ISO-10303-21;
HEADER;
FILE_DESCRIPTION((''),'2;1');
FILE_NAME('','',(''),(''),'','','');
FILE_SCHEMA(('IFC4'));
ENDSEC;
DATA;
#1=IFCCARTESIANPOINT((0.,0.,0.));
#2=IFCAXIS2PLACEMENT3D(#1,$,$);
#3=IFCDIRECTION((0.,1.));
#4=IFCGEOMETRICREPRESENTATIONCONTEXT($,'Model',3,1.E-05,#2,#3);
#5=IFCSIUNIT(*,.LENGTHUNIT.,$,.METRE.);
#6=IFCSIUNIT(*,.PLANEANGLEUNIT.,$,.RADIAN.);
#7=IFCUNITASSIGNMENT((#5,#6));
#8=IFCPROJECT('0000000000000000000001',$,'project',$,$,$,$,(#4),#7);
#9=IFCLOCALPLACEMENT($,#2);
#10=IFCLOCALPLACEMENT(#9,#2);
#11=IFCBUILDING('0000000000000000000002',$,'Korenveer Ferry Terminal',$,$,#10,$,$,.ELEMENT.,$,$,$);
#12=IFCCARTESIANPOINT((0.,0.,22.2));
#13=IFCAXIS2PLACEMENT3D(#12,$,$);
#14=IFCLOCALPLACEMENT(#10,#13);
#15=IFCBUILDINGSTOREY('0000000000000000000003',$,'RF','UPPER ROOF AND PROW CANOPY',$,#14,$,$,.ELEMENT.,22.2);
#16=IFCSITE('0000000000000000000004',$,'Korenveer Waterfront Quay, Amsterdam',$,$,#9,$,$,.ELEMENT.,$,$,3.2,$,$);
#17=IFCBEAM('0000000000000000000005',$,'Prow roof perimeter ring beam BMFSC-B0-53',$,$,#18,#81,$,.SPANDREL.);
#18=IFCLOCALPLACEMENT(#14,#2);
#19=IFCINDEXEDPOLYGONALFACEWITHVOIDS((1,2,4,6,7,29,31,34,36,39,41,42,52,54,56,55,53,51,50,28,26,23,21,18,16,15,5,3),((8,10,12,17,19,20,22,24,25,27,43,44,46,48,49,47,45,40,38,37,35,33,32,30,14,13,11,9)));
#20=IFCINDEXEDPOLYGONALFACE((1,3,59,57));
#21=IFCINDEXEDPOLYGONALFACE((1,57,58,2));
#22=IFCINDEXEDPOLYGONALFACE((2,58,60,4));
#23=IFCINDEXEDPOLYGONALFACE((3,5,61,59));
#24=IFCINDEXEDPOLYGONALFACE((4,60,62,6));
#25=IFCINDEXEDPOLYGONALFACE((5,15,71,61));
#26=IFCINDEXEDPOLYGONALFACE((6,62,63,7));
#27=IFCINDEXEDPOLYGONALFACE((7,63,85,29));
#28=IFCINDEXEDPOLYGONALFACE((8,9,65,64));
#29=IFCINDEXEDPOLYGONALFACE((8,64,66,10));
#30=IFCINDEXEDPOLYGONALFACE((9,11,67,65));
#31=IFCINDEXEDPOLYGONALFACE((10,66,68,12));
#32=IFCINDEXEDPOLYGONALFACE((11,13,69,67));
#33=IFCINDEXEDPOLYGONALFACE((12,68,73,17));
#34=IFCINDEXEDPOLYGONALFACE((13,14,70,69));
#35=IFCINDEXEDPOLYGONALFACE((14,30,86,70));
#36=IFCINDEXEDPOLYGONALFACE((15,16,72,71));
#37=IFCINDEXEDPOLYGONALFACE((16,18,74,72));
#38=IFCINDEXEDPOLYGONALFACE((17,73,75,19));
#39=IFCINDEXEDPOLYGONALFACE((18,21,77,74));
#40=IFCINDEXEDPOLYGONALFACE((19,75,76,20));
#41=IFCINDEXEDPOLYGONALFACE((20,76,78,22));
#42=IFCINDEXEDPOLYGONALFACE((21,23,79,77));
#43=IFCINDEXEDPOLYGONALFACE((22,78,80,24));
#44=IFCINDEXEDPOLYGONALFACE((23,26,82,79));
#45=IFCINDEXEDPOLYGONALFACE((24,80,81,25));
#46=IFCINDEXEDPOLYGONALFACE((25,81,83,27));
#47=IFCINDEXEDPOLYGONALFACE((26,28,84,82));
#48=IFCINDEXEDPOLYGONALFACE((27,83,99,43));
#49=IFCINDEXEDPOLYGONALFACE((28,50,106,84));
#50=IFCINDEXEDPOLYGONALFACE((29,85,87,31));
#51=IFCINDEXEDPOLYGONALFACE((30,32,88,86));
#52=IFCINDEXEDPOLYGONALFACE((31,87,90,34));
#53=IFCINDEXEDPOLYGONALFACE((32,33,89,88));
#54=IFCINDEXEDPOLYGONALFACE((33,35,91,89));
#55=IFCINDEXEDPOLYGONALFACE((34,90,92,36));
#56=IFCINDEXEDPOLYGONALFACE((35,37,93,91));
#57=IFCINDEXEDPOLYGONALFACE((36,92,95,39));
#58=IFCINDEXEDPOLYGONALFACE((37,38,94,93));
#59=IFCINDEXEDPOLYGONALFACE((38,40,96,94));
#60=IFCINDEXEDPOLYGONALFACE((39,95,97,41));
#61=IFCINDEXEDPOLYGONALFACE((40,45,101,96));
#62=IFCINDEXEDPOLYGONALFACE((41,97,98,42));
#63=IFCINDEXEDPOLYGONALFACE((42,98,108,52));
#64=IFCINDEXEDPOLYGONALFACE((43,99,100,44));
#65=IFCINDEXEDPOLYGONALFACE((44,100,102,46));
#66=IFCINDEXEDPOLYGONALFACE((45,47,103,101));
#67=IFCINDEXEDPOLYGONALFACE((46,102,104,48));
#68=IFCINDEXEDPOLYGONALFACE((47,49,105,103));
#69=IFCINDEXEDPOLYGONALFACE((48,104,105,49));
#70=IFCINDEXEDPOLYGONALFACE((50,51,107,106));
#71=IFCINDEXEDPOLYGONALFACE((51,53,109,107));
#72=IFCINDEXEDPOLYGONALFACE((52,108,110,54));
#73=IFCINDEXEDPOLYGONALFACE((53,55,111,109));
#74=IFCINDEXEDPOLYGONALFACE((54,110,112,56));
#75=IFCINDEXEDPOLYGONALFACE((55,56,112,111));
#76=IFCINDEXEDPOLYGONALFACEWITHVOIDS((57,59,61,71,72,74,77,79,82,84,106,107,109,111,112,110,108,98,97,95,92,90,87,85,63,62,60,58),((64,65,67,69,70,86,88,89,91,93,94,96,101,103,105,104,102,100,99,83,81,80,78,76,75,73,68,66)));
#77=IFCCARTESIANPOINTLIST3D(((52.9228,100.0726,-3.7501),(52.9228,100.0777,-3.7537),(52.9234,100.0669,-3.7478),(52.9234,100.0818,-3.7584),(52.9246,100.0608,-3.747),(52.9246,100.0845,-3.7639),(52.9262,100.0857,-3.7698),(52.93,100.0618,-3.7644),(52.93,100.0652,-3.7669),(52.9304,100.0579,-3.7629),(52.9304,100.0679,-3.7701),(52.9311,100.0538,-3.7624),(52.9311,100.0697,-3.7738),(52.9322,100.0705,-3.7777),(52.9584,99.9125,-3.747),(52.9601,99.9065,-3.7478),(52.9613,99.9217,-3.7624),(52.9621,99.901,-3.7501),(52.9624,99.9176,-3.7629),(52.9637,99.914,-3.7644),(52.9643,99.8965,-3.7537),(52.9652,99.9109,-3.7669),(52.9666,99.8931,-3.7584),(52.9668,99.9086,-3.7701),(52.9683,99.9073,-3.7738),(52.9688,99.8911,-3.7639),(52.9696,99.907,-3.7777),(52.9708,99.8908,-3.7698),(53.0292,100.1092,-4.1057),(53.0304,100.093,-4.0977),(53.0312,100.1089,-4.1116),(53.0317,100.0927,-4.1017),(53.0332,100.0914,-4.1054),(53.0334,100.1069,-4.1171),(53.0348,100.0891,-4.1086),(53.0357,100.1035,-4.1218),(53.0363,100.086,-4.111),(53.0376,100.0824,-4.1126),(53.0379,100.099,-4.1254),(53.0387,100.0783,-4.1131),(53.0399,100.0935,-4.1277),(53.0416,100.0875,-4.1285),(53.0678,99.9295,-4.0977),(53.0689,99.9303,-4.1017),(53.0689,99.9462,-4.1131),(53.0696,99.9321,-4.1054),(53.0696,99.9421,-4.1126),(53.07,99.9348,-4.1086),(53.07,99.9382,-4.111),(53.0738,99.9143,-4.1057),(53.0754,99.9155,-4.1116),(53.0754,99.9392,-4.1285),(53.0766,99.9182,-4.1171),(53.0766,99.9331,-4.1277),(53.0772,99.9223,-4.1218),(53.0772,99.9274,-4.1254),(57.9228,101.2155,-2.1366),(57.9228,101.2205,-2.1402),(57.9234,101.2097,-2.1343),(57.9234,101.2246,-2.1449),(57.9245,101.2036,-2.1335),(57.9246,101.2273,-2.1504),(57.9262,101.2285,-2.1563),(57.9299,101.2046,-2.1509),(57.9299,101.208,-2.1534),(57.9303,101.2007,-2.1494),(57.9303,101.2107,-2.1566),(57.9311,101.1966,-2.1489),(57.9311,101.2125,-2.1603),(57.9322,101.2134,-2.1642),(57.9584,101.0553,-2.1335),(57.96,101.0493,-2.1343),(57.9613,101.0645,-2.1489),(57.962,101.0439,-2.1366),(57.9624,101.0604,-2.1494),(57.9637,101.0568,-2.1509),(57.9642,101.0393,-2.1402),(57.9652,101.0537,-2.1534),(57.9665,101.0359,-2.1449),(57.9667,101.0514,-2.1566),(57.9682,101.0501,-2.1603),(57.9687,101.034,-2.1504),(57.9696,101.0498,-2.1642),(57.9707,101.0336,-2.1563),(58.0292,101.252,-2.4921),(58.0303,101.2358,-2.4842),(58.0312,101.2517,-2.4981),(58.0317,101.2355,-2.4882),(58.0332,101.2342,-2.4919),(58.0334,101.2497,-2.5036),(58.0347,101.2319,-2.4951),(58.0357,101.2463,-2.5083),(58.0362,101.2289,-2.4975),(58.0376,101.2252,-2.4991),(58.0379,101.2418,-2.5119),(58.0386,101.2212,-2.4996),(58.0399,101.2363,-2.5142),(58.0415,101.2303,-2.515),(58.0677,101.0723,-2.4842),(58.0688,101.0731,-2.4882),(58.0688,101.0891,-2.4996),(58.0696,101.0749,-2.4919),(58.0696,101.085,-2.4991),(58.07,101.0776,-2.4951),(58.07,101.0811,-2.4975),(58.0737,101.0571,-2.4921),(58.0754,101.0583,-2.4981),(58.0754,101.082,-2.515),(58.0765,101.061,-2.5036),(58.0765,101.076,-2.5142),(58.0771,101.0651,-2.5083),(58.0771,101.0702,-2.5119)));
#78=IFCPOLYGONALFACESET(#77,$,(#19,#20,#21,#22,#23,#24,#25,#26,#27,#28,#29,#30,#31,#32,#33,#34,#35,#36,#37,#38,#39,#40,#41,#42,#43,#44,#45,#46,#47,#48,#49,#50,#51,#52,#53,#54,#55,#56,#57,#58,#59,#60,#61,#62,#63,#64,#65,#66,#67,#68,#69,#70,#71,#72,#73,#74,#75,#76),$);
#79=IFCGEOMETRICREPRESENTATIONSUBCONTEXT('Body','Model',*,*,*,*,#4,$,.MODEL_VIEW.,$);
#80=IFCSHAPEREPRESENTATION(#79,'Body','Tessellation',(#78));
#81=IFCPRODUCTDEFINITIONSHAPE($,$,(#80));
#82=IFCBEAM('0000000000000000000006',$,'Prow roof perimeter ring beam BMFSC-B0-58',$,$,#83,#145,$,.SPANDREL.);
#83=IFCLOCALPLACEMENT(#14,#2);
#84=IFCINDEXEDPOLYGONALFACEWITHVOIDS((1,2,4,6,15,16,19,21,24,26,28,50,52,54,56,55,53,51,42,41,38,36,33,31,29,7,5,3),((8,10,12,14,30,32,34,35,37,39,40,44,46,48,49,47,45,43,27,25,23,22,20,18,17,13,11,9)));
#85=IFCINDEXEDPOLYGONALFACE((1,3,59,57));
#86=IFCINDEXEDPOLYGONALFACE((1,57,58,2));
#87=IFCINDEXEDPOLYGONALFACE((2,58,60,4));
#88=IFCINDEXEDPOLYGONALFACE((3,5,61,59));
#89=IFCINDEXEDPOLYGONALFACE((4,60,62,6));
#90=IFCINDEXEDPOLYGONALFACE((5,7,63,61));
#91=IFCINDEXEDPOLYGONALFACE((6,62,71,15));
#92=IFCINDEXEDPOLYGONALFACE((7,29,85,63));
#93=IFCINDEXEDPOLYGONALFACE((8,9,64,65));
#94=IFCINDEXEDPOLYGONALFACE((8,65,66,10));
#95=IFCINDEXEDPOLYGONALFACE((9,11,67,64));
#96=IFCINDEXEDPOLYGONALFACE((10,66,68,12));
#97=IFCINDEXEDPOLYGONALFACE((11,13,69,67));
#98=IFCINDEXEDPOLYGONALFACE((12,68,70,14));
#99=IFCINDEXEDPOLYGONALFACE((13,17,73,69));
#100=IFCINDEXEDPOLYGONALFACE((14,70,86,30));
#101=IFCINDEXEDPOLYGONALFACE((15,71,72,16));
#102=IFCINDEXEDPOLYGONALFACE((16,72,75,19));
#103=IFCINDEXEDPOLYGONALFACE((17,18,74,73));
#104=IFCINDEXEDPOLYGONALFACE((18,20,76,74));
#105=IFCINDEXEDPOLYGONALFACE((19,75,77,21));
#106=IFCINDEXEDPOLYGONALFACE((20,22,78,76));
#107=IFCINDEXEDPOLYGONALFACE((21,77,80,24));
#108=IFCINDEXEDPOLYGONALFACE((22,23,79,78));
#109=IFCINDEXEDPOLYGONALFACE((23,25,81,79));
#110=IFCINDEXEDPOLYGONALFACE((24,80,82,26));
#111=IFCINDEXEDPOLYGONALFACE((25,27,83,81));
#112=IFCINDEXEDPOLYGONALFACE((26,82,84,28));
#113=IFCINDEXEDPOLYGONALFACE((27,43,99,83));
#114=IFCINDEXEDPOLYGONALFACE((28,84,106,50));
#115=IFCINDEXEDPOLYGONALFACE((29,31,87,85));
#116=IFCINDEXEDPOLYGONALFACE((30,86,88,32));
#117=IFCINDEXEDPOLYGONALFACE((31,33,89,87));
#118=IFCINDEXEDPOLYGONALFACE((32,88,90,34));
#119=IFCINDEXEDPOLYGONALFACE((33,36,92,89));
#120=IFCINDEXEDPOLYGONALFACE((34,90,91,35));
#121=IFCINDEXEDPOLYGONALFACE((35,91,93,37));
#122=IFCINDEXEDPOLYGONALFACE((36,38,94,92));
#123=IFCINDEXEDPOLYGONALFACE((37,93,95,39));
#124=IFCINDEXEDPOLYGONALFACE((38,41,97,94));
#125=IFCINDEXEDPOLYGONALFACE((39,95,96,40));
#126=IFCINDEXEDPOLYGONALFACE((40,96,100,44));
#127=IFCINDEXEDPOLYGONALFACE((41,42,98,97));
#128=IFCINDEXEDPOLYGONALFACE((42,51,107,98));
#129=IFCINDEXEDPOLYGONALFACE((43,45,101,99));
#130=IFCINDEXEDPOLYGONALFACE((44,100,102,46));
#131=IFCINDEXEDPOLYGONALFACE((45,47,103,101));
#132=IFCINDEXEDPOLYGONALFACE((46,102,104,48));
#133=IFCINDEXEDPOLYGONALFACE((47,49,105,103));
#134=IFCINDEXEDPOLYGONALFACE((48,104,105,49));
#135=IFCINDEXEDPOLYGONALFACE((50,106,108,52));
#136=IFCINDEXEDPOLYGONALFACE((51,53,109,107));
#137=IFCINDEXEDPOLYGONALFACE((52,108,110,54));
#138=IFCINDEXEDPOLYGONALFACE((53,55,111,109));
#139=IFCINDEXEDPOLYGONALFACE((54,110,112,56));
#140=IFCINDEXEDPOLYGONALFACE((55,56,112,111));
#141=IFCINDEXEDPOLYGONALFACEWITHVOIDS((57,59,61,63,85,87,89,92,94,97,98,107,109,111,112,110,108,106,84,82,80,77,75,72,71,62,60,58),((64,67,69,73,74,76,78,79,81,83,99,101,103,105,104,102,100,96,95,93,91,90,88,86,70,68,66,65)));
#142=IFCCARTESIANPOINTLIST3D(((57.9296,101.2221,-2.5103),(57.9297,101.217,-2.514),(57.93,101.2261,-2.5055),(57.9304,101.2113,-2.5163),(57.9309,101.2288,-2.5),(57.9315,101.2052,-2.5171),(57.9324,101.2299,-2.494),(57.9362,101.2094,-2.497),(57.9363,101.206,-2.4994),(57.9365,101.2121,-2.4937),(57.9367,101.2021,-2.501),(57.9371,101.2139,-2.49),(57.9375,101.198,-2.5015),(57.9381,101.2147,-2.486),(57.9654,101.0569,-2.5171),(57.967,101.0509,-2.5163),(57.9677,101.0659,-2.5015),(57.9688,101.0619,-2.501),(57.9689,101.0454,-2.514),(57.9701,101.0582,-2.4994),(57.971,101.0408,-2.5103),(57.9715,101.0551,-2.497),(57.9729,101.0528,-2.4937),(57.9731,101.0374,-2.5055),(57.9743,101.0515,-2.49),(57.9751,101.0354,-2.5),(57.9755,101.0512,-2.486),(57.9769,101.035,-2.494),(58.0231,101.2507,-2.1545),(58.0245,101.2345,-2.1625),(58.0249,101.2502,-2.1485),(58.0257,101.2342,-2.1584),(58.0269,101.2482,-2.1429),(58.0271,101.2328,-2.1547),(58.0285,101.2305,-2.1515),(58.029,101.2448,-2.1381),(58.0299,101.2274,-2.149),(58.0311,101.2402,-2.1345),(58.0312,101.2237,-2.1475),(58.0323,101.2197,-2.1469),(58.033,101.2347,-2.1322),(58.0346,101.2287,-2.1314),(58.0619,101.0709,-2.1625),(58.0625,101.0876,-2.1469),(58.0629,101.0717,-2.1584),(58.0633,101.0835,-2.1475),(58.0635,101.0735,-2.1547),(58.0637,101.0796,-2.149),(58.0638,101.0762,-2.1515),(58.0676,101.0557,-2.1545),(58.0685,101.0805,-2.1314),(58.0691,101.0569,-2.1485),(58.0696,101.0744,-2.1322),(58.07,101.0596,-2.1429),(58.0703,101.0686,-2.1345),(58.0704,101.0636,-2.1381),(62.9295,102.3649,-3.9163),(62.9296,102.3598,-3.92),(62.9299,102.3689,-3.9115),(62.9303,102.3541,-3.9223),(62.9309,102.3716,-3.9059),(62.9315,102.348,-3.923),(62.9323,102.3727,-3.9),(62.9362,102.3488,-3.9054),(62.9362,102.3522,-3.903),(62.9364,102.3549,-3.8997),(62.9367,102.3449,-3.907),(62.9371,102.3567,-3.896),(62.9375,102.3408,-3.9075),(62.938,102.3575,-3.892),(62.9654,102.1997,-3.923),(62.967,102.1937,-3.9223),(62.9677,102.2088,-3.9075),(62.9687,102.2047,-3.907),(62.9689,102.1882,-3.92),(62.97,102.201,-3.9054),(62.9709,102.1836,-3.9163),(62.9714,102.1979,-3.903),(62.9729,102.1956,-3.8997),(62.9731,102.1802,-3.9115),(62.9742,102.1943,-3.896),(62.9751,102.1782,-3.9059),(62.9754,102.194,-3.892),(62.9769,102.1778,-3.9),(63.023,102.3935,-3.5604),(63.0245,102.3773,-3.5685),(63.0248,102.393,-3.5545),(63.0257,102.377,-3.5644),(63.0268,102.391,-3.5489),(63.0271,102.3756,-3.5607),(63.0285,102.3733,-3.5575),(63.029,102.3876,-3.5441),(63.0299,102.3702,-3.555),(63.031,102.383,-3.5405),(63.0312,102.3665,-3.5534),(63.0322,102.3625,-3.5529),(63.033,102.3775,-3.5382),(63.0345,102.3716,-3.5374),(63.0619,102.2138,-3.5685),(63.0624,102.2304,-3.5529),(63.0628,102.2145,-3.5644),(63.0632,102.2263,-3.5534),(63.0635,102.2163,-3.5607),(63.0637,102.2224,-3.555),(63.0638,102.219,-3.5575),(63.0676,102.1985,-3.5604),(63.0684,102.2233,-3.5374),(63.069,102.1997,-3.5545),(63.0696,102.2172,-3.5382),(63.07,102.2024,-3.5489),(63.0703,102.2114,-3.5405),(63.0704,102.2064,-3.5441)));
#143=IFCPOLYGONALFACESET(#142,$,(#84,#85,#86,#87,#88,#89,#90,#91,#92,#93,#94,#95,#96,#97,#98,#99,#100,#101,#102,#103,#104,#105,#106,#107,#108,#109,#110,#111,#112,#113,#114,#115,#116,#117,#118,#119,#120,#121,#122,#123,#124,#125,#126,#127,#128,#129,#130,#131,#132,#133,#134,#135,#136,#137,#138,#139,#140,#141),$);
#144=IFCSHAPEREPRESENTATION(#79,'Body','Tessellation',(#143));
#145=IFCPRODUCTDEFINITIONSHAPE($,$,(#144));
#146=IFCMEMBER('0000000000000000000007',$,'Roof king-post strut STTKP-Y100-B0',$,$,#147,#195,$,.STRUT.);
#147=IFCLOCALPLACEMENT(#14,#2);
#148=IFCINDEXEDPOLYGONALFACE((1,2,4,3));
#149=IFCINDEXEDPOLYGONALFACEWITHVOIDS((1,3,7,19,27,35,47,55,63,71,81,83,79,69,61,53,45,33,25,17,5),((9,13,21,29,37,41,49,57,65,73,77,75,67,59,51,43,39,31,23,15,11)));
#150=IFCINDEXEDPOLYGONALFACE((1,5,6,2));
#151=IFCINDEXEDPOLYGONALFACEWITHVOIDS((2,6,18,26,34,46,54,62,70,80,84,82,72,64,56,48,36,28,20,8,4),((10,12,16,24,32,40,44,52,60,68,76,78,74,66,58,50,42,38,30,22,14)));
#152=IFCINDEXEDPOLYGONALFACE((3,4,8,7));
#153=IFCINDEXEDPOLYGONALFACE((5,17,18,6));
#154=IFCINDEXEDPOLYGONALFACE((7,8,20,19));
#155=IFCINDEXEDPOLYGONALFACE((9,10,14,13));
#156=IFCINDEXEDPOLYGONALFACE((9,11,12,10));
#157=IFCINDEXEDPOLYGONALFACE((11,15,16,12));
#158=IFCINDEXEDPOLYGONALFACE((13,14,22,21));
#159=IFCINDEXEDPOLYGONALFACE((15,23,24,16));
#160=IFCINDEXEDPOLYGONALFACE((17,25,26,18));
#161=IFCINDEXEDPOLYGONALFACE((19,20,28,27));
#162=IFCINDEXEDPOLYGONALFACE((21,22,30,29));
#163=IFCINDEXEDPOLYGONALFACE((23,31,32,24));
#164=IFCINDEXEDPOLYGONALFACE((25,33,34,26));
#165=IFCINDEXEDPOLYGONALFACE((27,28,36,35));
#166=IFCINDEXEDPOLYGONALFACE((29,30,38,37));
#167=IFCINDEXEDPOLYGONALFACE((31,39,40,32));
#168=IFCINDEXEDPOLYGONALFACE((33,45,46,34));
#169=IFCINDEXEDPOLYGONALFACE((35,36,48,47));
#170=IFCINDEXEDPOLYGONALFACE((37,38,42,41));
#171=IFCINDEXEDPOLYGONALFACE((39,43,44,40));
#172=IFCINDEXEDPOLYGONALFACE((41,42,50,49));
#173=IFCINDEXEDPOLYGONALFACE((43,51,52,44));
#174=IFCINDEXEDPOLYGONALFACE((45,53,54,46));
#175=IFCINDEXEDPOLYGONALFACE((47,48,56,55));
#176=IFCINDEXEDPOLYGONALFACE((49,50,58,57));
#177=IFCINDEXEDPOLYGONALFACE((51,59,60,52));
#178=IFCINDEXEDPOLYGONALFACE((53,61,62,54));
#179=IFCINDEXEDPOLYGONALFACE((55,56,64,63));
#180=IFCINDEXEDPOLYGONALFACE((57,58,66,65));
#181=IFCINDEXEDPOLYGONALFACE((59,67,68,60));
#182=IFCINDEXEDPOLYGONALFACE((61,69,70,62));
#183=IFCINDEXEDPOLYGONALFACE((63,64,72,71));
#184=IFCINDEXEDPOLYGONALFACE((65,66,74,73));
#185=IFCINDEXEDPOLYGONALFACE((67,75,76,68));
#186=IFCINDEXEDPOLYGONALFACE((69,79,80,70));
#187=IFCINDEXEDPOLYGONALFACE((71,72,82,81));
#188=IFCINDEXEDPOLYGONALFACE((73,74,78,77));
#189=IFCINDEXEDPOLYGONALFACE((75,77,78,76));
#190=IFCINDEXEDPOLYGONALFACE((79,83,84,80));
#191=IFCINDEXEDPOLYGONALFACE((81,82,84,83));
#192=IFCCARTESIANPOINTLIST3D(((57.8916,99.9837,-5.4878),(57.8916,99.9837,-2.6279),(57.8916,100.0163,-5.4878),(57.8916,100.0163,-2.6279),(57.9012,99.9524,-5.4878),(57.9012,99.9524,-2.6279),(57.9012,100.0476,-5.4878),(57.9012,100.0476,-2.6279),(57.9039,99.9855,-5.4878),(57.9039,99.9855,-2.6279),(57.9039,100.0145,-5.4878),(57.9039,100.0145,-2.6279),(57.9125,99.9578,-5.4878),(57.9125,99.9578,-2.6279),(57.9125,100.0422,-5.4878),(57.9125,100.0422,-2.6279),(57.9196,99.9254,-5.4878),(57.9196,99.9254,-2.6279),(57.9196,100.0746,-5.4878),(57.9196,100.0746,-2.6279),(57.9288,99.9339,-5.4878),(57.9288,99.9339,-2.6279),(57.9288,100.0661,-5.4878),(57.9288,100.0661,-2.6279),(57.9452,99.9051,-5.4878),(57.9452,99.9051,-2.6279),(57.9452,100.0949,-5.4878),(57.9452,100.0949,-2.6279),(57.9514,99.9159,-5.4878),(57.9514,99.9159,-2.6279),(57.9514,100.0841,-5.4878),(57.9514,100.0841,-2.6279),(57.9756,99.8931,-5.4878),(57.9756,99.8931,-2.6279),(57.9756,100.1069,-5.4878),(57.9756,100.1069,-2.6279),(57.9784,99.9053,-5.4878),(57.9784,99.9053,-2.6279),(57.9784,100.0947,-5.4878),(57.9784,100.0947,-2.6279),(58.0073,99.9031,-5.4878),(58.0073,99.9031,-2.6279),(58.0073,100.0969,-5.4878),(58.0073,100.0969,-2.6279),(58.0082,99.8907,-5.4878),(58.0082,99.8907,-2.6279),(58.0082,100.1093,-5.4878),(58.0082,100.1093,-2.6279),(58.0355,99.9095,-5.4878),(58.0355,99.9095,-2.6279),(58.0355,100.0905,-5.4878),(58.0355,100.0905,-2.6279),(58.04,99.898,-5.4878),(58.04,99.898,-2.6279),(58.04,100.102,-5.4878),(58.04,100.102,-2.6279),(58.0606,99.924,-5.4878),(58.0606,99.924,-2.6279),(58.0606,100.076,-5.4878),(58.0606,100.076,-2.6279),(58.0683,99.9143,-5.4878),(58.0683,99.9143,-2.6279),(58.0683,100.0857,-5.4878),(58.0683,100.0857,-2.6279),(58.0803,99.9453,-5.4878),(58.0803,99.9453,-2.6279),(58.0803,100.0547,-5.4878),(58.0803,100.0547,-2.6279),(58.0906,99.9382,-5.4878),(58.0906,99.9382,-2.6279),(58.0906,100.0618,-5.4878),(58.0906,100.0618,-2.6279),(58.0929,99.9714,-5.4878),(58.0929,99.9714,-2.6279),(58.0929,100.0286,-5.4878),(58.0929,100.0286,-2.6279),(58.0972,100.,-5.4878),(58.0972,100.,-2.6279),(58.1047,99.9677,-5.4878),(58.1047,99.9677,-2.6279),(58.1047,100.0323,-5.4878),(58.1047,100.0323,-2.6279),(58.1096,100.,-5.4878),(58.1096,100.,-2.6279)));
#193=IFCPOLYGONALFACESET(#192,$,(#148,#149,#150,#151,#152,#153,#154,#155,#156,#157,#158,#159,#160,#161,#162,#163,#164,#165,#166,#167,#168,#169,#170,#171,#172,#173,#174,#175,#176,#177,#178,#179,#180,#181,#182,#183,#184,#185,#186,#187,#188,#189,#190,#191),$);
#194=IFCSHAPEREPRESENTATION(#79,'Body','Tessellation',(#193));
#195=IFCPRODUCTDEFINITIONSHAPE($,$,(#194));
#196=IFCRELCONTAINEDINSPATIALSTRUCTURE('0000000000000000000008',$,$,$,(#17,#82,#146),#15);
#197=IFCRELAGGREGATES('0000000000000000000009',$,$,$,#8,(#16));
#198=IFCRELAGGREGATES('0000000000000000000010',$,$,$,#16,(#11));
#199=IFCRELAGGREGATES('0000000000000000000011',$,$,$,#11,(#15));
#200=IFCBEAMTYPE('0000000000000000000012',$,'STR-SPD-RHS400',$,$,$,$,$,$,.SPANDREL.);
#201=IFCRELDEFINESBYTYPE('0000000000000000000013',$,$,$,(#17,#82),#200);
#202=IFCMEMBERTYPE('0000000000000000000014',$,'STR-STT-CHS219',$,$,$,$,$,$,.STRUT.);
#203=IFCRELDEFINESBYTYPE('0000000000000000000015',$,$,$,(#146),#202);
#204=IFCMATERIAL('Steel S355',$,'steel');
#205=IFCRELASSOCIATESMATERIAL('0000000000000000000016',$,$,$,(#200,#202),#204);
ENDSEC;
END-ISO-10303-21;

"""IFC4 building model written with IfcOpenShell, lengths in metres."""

from ifc_helpers import new_model, si_unit, direction, frame, origin, origin_2d, place, context, subcontext, project, spatial, hollow_rectangle, hollow_circle, extrude, material, material_profile, profile_set, type_object, element, save


model = new_model("IFC4")

# Units and contexts
model_context = context("Model", 3, precision=1e-05, world=origin(), true_north=direction((0.0, 1.0)))
body_context = subcontext(model_context, "Body", "Model", "MODEL_VIEW")
ifc_project = project(units=[si_unit("LENGTHUNIT", "METRE"), si_unit("PLANEANGLEUNIT", "RADIAN")], contexts=[model_context])

# Site, building, storey
site_placement = place(None, origin())
site = spatial("IfcSite", under=ifc_project, at=site_placement, Name="Korenveer Waterfront Quay, Amsterdam", CompositionType="ELEMENT", RefElevation=3.2)
building_placement = place(site_placement, origin())
building = spatial("IfcBuilding", under=site, at=building_placement, Name="Korenveer Ferry Terminal", CompositionType="ELEMENT")
storey_placement = place(building_placement, frame((0.0, 0.0, 22.2)))
storey = spatial("IfcBuildingStorey", under=building, at=storey_placement, Name="RF", Description="UPPER ROOF AND PROW CANOPY", CompositionType="ELEMENT", Elevation=22.2)

# Shared definitions
ifc_material_1 = material(Name="Steel S355", Category="steel")

# Beams
ifc_material_profile_1 = material_profile(ifc_material_1, hollow_rectangle(XDim=0.2, YDim=0.3999, WallThickness=0.0161, InnerFilletRadius=0.0161, OuterFilletRadius=0.0239, at=origin_2d()), Name="RHS 400x200x16")
ifc_profile_set_1 = profile_set([ifc_material_profile_1], Name="Steel S355")
beam_type_1 = type_object("IfcBeamType", Name="STR-SPD-RHS400", PredefinedType="SPANDREL", material=ifc_profile_set_1)
beam_1_placement = place(storey_placement, frame((53.0, 100.0, -3.9377), z_axis=(0.929929, 0.212549, 0.300093), x_axis=(-0.222818, 0.97486, 0.0)))
element("IfcBeam", 1, at=beam_1_placement, inside=storey, type_object=beam_type_1, Name="Prow roof perimeter ring beam BMFSC-B0-53", PredefinedType="SPANDREL", context=body_context, shape_type="SweptSolid", body=[
    extrude(hollow_rectangle(XDim=0.2, YDim=0.3999, WallThickness=0.0161, InnerFilletRadius=0.0161, OuterFilletRadius=0.0239, at=origin_2d()), origin(), (0.0, 0.0, 1.0), 5.3767),
])
beam_2_placement = place(storey_placement, frame((58.0, 101.1428, -2.3242), z_axis=(0.940174, 0.21489, -0.264378), x_axis=(-0.222818, 0.97486, 0.0)))
element("IfcBeam", 2, at=beam_2_placement, inside=storey, type_object=beam_type_1, Name="Prow roof perimeter ring beam BMFSC-B0-58", PredefinedType="SPANDREL", context=body_context, shape_type="SweptSolid", body=[
    extrude(hollow_rectangle(XDim=0.2, YDim=0.3999, WallThickness=0.0161, InnerFilletRadius=0.0161, OuterFilletRadius=0.0239, at=origin_2d()), origin(), (0.0, 0.0, 1.0), 5.3181),
])

# Member
ifc_material_profile_2 = material_profile(ifc_material_1, hollow_circle(Radius=0.1096, WallThickness=0.0125, at=origin_2d()), Name="CHS 219.1x12.5")
ifc_profile_set_2 = profile_set([ifc_material_profile_2], Name="Steel S355")
member_type_1 = type_object("IfcMemberType", Name="STR-STT-CHS219", PredefinedType="STRUT", material=ifc_profile_set_2)
member_1_placement = place(storey_placement, frame((58.0, 100.0, -5.4878), z_axis=(0.0, 0.0, 1.0), x_axis=(1.0, 0.0, 0.0)))
element("IfcMember", 3, at=member_1_placement, inside=storey, type_object=member_type_1, Name="Roof king-post strut STTKP-Y100-B0", PredefinedType="STRUT", context=body_context, shape_type="SweptSolid", body=[
    extrude(hollow_circle(Radius=0.1096, WallThickness=0.0125, at=origin_2d()), origin(), (0.0, 0.0, 1.0), 2.8599),
])

save(model, "model.ifc")
